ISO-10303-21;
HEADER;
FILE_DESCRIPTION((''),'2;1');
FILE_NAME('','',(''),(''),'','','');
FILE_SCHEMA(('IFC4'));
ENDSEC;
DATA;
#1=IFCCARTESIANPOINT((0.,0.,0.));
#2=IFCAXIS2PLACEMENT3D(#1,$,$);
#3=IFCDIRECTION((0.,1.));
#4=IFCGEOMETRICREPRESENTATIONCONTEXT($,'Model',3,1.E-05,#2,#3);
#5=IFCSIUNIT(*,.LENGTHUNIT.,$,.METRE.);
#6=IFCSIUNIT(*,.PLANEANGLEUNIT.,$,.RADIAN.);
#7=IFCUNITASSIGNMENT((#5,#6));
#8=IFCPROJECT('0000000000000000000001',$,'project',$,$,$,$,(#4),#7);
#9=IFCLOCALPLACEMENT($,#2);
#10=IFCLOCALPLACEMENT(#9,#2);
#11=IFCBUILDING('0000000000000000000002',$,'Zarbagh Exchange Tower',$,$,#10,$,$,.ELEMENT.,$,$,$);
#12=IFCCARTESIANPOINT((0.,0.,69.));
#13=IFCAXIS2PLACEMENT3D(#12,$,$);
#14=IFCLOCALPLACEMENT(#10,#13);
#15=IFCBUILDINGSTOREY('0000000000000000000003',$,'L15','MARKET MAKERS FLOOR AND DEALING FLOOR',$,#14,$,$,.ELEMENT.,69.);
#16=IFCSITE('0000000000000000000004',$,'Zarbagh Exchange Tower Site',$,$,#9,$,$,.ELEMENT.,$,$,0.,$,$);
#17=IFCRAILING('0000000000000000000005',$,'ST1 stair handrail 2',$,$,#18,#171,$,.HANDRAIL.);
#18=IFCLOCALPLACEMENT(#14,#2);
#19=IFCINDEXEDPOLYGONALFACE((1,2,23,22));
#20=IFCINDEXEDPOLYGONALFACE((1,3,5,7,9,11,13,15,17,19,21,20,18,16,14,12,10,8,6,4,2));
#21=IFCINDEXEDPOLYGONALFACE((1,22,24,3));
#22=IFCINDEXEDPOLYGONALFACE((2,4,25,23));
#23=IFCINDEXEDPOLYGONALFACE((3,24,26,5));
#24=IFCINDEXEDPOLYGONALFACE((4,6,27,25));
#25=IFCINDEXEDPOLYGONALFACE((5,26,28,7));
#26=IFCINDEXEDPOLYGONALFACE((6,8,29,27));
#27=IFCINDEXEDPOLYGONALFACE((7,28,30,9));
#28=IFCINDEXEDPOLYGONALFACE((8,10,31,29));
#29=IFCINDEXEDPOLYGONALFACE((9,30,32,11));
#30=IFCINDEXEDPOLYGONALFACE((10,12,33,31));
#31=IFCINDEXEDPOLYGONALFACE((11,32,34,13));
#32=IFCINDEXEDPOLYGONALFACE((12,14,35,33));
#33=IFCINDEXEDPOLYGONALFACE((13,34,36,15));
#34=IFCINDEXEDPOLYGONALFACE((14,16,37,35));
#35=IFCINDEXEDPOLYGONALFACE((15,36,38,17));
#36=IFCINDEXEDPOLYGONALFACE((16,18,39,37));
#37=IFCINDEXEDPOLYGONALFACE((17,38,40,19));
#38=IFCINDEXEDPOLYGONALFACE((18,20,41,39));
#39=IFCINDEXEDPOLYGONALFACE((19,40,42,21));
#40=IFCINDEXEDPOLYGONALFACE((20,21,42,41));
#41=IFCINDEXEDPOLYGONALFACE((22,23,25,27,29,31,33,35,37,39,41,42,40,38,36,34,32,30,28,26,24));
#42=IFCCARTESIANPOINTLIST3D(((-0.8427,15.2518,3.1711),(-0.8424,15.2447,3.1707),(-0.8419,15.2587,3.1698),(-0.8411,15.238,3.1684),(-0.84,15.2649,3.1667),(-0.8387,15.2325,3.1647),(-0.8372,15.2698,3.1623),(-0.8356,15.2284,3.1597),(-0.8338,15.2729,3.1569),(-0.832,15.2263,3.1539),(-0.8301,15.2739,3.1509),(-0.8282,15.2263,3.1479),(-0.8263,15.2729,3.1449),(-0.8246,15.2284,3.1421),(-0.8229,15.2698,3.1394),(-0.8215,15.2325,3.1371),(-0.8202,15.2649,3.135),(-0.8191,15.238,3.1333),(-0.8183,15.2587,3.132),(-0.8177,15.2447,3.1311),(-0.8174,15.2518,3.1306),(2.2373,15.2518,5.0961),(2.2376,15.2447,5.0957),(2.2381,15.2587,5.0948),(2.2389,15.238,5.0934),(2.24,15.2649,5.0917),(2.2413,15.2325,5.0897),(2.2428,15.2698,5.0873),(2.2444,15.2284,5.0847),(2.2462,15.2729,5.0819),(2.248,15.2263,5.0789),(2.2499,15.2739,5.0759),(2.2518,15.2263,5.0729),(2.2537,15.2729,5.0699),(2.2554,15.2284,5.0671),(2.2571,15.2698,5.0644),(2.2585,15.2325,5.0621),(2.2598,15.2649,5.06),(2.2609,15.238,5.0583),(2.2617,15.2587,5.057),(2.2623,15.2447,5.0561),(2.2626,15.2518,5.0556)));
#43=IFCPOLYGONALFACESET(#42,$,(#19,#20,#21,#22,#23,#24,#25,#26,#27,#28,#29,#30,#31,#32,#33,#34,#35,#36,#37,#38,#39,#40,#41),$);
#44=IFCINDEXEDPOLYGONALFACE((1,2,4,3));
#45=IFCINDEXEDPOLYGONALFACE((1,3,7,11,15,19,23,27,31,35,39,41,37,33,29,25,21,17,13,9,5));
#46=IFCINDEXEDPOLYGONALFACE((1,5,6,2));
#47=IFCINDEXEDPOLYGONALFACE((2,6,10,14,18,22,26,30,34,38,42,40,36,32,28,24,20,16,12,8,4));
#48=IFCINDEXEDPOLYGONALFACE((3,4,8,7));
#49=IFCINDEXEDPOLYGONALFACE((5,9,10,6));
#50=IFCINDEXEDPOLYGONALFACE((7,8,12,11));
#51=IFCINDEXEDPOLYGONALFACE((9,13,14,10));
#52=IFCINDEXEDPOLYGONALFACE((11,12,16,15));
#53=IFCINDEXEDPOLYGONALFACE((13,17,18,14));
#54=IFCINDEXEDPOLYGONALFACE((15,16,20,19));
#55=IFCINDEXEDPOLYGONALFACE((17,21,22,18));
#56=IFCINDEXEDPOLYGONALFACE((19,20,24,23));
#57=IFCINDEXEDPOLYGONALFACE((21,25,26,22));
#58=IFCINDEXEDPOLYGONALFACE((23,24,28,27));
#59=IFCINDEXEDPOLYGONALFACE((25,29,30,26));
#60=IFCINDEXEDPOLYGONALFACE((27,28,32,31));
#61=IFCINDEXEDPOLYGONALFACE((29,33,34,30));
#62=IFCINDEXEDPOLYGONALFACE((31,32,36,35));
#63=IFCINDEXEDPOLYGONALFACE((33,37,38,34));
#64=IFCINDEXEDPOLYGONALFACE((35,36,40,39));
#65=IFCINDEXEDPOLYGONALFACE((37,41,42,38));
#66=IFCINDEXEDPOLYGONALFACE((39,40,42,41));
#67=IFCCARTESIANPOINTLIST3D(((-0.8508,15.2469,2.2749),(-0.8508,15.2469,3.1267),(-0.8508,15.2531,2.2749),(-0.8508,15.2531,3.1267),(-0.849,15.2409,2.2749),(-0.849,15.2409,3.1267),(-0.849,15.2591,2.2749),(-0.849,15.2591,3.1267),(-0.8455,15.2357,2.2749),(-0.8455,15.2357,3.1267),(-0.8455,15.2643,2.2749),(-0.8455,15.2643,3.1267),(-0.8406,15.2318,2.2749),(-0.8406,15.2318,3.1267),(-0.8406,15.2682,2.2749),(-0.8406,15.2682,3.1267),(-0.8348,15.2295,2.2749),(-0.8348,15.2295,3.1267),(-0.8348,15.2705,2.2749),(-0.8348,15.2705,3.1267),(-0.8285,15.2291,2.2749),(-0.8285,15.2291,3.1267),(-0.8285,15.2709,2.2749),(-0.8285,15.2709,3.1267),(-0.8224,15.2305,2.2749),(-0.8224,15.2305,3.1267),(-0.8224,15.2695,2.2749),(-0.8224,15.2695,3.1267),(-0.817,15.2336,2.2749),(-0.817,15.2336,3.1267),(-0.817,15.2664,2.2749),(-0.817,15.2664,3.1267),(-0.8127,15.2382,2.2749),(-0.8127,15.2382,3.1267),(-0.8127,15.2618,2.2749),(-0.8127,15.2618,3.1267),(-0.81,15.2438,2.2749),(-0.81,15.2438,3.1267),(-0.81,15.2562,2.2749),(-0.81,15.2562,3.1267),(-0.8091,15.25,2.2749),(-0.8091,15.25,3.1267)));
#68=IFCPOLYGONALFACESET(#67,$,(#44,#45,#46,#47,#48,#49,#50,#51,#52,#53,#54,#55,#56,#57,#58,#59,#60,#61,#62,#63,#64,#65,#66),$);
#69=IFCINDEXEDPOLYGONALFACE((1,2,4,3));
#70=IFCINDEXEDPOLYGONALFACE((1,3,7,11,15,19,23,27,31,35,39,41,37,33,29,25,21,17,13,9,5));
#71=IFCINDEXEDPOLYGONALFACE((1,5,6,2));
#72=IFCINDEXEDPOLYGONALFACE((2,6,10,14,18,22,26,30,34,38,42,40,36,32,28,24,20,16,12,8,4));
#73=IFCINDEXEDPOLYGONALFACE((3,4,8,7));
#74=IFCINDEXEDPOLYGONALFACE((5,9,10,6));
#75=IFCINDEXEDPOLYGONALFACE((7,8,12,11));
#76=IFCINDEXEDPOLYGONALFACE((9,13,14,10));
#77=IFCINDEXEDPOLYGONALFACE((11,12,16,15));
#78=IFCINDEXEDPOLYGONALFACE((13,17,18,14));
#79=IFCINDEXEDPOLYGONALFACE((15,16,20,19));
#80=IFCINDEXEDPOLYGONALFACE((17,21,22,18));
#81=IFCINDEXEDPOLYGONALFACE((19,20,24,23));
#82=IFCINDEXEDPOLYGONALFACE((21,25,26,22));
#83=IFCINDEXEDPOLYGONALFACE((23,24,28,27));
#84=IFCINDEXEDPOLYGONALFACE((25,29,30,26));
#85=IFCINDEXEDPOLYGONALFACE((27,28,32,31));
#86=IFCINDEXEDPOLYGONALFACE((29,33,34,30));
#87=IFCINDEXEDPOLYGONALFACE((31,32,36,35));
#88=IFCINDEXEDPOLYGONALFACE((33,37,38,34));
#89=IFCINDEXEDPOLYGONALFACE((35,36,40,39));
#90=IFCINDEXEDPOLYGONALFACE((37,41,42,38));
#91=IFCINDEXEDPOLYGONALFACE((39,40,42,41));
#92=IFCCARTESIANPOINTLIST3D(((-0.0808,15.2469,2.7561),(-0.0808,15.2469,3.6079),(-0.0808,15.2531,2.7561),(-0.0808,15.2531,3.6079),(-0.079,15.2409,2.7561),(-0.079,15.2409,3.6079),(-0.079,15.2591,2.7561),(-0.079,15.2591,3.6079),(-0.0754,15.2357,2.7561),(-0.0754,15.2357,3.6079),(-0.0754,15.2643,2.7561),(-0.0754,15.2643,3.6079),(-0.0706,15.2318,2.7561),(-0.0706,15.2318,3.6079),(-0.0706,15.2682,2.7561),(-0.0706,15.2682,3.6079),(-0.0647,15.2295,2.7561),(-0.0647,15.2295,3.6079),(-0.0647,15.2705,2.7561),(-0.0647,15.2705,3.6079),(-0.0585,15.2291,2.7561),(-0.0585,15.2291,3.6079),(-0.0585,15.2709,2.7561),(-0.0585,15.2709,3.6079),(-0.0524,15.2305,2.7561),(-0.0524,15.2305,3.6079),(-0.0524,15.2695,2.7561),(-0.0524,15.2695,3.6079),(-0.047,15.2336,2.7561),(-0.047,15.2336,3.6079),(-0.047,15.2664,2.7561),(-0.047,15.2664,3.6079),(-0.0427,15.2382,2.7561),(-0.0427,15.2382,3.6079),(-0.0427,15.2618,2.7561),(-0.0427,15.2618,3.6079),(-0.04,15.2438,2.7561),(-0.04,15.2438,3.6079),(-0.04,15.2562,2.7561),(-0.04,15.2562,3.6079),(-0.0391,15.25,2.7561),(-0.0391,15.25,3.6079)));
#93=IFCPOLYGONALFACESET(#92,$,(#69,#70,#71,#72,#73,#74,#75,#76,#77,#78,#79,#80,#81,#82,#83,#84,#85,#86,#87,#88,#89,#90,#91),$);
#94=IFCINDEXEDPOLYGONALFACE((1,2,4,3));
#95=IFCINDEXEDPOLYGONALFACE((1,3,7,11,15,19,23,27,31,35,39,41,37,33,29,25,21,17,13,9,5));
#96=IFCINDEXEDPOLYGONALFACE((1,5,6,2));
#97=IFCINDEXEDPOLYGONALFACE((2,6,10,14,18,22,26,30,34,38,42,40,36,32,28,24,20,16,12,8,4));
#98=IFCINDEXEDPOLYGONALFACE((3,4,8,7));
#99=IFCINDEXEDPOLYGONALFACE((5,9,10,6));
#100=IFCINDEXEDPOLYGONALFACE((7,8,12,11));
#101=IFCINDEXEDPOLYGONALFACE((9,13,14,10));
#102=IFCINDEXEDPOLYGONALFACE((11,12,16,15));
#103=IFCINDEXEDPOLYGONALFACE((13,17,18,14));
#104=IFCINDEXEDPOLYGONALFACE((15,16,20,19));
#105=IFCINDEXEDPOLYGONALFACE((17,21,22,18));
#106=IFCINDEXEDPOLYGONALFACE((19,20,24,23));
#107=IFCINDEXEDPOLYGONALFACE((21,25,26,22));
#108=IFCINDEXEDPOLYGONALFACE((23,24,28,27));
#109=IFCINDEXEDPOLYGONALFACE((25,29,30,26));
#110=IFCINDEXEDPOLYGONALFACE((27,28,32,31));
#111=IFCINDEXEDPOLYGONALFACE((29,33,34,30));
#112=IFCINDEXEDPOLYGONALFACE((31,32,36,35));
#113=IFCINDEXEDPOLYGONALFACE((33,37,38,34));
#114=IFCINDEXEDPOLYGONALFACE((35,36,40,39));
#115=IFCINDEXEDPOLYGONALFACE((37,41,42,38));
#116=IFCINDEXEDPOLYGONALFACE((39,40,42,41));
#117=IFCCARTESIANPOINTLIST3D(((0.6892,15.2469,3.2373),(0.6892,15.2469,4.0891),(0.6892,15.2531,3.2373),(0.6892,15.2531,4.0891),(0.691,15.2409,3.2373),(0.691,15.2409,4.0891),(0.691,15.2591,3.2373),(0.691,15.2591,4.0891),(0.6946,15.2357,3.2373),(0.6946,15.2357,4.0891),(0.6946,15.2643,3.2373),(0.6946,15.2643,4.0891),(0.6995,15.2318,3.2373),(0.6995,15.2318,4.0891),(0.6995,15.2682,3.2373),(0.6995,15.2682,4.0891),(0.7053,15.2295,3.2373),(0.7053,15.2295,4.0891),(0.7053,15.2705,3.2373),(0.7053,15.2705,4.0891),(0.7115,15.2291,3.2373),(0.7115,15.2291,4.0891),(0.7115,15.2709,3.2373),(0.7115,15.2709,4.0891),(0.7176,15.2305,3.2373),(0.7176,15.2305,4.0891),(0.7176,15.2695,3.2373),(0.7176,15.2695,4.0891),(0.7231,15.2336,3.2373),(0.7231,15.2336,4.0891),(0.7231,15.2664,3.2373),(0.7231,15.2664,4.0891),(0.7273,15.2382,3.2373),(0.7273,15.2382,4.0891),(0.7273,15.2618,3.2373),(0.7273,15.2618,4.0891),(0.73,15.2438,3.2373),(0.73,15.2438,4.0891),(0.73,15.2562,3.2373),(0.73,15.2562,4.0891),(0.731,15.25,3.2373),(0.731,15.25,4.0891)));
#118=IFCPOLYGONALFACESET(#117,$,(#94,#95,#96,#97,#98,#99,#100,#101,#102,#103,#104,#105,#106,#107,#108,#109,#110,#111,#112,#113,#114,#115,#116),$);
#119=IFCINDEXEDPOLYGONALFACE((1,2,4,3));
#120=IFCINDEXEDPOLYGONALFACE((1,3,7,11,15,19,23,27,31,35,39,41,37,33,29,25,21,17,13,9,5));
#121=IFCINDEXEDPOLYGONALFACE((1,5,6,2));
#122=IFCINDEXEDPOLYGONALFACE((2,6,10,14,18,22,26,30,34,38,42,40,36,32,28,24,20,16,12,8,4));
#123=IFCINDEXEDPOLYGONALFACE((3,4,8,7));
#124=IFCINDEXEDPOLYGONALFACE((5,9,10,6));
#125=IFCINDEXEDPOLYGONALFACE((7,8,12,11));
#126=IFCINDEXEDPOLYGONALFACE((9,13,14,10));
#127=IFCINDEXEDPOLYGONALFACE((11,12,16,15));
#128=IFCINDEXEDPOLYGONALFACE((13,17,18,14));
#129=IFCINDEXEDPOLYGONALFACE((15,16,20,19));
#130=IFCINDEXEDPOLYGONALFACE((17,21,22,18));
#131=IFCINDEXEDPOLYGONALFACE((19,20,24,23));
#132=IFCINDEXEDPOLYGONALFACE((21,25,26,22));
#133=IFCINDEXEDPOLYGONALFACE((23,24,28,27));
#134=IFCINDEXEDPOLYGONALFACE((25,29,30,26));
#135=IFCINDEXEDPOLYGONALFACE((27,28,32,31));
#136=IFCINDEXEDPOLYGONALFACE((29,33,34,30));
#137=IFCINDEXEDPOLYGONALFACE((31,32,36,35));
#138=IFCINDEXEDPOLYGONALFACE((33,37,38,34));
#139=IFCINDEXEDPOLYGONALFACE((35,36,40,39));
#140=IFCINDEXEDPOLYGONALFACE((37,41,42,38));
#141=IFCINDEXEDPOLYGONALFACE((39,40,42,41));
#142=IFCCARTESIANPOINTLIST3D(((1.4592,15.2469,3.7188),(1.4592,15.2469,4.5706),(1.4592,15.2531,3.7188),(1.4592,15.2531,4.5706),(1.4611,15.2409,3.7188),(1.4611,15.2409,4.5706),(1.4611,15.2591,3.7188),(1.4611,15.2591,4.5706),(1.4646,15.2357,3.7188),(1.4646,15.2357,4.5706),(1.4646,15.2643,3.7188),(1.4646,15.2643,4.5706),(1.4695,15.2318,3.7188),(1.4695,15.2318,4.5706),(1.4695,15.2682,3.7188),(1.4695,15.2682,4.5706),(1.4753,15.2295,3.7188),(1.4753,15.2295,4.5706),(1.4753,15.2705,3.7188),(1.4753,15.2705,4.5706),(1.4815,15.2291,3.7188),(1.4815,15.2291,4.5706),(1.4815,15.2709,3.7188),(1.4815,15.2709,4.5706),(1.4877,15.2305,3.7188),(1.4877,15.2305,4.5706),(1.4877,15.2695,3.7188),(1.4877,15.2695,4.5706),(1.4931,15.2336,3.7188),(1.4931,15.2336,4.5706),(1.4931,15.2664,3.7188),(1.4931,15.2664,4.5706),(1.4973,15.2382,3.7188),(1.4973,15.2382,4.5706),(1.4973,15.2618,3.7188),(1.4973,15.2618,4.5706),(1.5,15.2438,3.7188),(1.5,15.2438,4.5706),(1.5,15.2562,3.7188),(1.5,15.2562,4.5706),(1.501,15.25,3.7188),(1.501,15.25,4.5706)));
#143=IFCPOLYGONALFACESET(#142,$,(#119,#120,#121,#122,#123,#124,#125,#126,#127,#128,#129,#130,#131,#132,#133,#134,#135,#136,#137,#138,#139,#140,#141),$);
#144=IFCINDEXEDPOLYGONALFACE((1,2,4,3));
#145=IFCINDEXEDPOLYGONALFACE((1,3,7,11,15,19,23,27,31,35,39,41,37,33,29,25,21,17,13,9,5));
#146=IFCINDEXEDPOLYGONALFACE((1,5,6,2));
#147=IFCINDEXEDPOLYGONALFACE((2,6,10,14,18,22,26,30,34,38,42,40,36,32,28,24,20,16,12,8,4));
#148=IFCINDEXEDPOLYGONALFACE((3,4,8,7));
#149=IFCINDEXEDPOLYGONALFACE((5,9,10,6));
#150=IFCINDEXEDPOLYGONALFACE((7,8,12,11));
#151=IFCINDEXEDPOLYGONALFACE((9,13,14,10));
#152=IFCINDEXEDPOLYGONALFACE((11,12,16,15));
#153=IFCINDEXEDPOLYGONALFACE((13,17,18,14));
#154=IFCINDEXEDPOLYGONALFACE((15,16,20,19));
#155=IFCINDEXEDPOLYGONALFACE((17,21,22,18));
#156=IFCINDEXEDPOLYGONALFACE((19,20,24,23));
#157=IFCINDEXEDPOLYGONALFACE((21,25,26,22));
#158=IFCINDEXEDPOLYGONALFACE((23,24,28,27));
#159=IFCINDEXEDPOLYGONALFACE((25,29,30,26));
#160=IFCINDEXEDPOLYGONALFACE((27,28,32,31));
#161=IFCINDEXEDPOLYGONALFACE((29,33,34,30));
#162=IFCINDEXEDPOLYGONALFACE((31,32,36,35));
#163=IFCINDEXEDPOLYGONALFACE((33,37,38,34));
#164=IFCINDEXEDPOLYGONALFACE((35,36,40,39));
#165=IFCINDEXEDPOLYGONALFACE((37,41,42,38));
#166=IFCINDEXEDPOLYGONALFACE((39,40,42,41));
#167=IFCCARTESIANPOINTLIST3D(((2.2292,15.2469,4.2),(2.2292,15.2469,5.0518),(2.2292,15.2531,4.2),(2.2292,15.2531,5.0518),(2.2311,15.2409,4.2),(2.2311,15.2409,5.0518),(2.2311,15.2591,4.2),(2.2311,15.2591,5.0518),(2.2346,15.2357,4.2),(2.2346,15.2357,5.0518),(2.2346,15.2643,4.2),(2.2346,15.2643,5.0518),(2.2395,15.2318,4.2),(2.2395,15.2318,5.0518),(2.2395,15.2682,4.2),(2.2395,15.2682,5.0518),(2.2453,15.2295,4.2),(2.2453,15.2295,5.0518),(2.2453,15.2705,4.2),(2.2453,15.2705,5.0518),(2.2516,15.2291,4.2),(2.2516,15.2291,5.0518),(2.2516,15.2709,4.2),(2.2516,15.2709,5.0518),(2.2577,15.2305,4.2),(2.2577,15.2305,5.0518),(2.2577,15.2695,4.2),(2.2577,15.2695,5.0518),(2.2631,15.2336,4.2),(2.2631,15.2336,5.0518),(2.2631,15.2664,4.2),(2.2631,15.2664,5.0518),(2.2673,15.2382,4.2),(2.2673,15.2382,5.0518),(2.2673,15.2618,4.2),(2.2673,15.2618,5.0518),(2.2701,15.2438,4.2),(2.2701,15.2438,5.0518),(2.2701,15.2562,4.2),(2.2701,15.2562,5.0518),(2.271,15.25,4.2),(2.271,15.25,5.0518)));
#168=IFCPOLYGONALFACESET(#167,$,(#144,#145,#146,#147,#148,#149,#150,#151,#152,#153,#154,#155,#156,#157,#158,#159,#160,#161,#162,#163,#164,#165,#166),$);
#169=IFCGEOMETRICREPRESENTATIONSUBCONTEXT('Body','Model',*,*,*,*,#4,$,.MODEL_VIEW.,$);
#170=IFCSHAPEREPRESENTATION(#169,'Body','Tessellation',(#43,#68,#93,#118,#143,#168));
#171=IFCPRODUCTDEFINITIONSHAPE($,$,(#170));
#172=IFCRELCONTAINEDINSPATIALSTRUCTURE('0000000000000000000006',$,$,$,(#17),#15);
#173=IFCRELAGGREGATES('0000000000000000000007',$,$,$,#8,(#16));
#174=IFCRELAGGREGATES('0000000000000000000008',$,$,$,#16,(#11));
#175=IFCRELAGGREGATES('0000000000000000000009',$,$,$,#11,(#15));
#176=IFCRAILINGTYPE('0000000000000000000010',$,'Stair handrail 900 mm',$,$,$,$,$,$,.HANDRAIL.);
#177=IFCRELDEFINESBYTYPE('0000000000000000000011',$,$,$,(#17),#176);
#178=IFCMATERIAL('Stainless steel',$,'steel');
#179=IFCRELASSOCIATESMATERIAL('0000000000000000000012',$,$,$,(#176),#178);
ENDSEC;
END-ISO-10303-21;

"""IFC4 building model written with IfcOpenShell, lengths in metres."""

from ifc_helpers import new_model, si_unit, direction, frame, origin, origin_2d, place, context, subcontext, project, spatial, circle, extrude, material, type_object, element, save


model = new_model("IFC4")

# Units and contexts
model_context = context("Model", 3, precision=1e-05, world=origin(), true_north=direction((0.0, 1.0)))
body_context = subcontext(model_context, "Body", "Model", "MODEL_VIEW")
ifc_project = project(units=[si_unit("LENGTHUNIT", "METRE"), si_unit("PLANEANGLEUNIT", "RADIAN")], contexts=[model_context])

# Site, building, storey
site_placement = place(None, origin())
site = spatial("IfcSite", under=ifc_project, at=site_placement, Name="Zarbagh Exchange Tower Site", CompositionType="ELEMENT", RefElevation=0.0)
building_placement = place(site_placement, origin())
building = spatial("IfcBuilding", under=site, at=building_placement, Name="Zarbagh Exchange Tower", CompositionType="ELEMENT")
storey_placement = place(building_placement, frame((0.0, 0.0, 69.0)))
storey = spatial("IfcBuildingStorey", under=building, at=storey_placement, Name="L15", Description="MARKET MAKERS FLOOR AND DEALING FLOOR", CompositionType="ELEMENT", Elevation=69.0)

# Shared definitions
ifc_material_1 = material(Name="Stainless steel", Category="steel")

# Railing
railing_type_1 = type_object("IfcRailingType", Name="Stair handrail 900 mm", PredefinedType="HANDRAIL", material=ifc_material_1)
railing_1_placement = place(storey_placement, frame((-0.8301, 15.25, 2.2749)))
element("IfcRailing", 1, at=railing_1_placement, inside=storey, type_object=railing_type_1, Name="ST1 stair handrail 2", PredefinedType="HANDRAIL", context=body_context, shape_type="SweptSolid", body=[
    extrude(circle(Radius=0.0239, at=origin_2d()), frame((0.0, 0.0, 0.876), z_axis=(0.847998, 0.0, 0.529999), x_axis=(0.0, 1.0, 0.0)), (0.0, 0.0, 1.0), 3.6321),
    extrude(circle(Radius=0.021, at=origin_2d()), origin(), (0.0, 0.0, 1.0), 0.8518),
    extrude(circle(Radius=0.021, at=origin_2d()), frame((0.77, 0.0, 0.4812)), (0.0, 0.0, 1.0), 0.8518),
    extrude(circle(Radius=0.021, at=origin_2d()), frame((1.54, 0.0, 0.9624)), (0.0, 0.0, 1.0), 0.8518),
    extrude(circle(Radius=0.021, at=origin_2d()), frame((2.3101, 0.0, 1.4438)), (0.0, 0.0, 1.0), 0.8518),
    extrude(circle(Radius=0.021, at=origin_2d()), frame((3.0801, 0.0, 1.925)), (0.0, 0.0, 1.0), 0.8518),
])

save(model, "model.ifc")
